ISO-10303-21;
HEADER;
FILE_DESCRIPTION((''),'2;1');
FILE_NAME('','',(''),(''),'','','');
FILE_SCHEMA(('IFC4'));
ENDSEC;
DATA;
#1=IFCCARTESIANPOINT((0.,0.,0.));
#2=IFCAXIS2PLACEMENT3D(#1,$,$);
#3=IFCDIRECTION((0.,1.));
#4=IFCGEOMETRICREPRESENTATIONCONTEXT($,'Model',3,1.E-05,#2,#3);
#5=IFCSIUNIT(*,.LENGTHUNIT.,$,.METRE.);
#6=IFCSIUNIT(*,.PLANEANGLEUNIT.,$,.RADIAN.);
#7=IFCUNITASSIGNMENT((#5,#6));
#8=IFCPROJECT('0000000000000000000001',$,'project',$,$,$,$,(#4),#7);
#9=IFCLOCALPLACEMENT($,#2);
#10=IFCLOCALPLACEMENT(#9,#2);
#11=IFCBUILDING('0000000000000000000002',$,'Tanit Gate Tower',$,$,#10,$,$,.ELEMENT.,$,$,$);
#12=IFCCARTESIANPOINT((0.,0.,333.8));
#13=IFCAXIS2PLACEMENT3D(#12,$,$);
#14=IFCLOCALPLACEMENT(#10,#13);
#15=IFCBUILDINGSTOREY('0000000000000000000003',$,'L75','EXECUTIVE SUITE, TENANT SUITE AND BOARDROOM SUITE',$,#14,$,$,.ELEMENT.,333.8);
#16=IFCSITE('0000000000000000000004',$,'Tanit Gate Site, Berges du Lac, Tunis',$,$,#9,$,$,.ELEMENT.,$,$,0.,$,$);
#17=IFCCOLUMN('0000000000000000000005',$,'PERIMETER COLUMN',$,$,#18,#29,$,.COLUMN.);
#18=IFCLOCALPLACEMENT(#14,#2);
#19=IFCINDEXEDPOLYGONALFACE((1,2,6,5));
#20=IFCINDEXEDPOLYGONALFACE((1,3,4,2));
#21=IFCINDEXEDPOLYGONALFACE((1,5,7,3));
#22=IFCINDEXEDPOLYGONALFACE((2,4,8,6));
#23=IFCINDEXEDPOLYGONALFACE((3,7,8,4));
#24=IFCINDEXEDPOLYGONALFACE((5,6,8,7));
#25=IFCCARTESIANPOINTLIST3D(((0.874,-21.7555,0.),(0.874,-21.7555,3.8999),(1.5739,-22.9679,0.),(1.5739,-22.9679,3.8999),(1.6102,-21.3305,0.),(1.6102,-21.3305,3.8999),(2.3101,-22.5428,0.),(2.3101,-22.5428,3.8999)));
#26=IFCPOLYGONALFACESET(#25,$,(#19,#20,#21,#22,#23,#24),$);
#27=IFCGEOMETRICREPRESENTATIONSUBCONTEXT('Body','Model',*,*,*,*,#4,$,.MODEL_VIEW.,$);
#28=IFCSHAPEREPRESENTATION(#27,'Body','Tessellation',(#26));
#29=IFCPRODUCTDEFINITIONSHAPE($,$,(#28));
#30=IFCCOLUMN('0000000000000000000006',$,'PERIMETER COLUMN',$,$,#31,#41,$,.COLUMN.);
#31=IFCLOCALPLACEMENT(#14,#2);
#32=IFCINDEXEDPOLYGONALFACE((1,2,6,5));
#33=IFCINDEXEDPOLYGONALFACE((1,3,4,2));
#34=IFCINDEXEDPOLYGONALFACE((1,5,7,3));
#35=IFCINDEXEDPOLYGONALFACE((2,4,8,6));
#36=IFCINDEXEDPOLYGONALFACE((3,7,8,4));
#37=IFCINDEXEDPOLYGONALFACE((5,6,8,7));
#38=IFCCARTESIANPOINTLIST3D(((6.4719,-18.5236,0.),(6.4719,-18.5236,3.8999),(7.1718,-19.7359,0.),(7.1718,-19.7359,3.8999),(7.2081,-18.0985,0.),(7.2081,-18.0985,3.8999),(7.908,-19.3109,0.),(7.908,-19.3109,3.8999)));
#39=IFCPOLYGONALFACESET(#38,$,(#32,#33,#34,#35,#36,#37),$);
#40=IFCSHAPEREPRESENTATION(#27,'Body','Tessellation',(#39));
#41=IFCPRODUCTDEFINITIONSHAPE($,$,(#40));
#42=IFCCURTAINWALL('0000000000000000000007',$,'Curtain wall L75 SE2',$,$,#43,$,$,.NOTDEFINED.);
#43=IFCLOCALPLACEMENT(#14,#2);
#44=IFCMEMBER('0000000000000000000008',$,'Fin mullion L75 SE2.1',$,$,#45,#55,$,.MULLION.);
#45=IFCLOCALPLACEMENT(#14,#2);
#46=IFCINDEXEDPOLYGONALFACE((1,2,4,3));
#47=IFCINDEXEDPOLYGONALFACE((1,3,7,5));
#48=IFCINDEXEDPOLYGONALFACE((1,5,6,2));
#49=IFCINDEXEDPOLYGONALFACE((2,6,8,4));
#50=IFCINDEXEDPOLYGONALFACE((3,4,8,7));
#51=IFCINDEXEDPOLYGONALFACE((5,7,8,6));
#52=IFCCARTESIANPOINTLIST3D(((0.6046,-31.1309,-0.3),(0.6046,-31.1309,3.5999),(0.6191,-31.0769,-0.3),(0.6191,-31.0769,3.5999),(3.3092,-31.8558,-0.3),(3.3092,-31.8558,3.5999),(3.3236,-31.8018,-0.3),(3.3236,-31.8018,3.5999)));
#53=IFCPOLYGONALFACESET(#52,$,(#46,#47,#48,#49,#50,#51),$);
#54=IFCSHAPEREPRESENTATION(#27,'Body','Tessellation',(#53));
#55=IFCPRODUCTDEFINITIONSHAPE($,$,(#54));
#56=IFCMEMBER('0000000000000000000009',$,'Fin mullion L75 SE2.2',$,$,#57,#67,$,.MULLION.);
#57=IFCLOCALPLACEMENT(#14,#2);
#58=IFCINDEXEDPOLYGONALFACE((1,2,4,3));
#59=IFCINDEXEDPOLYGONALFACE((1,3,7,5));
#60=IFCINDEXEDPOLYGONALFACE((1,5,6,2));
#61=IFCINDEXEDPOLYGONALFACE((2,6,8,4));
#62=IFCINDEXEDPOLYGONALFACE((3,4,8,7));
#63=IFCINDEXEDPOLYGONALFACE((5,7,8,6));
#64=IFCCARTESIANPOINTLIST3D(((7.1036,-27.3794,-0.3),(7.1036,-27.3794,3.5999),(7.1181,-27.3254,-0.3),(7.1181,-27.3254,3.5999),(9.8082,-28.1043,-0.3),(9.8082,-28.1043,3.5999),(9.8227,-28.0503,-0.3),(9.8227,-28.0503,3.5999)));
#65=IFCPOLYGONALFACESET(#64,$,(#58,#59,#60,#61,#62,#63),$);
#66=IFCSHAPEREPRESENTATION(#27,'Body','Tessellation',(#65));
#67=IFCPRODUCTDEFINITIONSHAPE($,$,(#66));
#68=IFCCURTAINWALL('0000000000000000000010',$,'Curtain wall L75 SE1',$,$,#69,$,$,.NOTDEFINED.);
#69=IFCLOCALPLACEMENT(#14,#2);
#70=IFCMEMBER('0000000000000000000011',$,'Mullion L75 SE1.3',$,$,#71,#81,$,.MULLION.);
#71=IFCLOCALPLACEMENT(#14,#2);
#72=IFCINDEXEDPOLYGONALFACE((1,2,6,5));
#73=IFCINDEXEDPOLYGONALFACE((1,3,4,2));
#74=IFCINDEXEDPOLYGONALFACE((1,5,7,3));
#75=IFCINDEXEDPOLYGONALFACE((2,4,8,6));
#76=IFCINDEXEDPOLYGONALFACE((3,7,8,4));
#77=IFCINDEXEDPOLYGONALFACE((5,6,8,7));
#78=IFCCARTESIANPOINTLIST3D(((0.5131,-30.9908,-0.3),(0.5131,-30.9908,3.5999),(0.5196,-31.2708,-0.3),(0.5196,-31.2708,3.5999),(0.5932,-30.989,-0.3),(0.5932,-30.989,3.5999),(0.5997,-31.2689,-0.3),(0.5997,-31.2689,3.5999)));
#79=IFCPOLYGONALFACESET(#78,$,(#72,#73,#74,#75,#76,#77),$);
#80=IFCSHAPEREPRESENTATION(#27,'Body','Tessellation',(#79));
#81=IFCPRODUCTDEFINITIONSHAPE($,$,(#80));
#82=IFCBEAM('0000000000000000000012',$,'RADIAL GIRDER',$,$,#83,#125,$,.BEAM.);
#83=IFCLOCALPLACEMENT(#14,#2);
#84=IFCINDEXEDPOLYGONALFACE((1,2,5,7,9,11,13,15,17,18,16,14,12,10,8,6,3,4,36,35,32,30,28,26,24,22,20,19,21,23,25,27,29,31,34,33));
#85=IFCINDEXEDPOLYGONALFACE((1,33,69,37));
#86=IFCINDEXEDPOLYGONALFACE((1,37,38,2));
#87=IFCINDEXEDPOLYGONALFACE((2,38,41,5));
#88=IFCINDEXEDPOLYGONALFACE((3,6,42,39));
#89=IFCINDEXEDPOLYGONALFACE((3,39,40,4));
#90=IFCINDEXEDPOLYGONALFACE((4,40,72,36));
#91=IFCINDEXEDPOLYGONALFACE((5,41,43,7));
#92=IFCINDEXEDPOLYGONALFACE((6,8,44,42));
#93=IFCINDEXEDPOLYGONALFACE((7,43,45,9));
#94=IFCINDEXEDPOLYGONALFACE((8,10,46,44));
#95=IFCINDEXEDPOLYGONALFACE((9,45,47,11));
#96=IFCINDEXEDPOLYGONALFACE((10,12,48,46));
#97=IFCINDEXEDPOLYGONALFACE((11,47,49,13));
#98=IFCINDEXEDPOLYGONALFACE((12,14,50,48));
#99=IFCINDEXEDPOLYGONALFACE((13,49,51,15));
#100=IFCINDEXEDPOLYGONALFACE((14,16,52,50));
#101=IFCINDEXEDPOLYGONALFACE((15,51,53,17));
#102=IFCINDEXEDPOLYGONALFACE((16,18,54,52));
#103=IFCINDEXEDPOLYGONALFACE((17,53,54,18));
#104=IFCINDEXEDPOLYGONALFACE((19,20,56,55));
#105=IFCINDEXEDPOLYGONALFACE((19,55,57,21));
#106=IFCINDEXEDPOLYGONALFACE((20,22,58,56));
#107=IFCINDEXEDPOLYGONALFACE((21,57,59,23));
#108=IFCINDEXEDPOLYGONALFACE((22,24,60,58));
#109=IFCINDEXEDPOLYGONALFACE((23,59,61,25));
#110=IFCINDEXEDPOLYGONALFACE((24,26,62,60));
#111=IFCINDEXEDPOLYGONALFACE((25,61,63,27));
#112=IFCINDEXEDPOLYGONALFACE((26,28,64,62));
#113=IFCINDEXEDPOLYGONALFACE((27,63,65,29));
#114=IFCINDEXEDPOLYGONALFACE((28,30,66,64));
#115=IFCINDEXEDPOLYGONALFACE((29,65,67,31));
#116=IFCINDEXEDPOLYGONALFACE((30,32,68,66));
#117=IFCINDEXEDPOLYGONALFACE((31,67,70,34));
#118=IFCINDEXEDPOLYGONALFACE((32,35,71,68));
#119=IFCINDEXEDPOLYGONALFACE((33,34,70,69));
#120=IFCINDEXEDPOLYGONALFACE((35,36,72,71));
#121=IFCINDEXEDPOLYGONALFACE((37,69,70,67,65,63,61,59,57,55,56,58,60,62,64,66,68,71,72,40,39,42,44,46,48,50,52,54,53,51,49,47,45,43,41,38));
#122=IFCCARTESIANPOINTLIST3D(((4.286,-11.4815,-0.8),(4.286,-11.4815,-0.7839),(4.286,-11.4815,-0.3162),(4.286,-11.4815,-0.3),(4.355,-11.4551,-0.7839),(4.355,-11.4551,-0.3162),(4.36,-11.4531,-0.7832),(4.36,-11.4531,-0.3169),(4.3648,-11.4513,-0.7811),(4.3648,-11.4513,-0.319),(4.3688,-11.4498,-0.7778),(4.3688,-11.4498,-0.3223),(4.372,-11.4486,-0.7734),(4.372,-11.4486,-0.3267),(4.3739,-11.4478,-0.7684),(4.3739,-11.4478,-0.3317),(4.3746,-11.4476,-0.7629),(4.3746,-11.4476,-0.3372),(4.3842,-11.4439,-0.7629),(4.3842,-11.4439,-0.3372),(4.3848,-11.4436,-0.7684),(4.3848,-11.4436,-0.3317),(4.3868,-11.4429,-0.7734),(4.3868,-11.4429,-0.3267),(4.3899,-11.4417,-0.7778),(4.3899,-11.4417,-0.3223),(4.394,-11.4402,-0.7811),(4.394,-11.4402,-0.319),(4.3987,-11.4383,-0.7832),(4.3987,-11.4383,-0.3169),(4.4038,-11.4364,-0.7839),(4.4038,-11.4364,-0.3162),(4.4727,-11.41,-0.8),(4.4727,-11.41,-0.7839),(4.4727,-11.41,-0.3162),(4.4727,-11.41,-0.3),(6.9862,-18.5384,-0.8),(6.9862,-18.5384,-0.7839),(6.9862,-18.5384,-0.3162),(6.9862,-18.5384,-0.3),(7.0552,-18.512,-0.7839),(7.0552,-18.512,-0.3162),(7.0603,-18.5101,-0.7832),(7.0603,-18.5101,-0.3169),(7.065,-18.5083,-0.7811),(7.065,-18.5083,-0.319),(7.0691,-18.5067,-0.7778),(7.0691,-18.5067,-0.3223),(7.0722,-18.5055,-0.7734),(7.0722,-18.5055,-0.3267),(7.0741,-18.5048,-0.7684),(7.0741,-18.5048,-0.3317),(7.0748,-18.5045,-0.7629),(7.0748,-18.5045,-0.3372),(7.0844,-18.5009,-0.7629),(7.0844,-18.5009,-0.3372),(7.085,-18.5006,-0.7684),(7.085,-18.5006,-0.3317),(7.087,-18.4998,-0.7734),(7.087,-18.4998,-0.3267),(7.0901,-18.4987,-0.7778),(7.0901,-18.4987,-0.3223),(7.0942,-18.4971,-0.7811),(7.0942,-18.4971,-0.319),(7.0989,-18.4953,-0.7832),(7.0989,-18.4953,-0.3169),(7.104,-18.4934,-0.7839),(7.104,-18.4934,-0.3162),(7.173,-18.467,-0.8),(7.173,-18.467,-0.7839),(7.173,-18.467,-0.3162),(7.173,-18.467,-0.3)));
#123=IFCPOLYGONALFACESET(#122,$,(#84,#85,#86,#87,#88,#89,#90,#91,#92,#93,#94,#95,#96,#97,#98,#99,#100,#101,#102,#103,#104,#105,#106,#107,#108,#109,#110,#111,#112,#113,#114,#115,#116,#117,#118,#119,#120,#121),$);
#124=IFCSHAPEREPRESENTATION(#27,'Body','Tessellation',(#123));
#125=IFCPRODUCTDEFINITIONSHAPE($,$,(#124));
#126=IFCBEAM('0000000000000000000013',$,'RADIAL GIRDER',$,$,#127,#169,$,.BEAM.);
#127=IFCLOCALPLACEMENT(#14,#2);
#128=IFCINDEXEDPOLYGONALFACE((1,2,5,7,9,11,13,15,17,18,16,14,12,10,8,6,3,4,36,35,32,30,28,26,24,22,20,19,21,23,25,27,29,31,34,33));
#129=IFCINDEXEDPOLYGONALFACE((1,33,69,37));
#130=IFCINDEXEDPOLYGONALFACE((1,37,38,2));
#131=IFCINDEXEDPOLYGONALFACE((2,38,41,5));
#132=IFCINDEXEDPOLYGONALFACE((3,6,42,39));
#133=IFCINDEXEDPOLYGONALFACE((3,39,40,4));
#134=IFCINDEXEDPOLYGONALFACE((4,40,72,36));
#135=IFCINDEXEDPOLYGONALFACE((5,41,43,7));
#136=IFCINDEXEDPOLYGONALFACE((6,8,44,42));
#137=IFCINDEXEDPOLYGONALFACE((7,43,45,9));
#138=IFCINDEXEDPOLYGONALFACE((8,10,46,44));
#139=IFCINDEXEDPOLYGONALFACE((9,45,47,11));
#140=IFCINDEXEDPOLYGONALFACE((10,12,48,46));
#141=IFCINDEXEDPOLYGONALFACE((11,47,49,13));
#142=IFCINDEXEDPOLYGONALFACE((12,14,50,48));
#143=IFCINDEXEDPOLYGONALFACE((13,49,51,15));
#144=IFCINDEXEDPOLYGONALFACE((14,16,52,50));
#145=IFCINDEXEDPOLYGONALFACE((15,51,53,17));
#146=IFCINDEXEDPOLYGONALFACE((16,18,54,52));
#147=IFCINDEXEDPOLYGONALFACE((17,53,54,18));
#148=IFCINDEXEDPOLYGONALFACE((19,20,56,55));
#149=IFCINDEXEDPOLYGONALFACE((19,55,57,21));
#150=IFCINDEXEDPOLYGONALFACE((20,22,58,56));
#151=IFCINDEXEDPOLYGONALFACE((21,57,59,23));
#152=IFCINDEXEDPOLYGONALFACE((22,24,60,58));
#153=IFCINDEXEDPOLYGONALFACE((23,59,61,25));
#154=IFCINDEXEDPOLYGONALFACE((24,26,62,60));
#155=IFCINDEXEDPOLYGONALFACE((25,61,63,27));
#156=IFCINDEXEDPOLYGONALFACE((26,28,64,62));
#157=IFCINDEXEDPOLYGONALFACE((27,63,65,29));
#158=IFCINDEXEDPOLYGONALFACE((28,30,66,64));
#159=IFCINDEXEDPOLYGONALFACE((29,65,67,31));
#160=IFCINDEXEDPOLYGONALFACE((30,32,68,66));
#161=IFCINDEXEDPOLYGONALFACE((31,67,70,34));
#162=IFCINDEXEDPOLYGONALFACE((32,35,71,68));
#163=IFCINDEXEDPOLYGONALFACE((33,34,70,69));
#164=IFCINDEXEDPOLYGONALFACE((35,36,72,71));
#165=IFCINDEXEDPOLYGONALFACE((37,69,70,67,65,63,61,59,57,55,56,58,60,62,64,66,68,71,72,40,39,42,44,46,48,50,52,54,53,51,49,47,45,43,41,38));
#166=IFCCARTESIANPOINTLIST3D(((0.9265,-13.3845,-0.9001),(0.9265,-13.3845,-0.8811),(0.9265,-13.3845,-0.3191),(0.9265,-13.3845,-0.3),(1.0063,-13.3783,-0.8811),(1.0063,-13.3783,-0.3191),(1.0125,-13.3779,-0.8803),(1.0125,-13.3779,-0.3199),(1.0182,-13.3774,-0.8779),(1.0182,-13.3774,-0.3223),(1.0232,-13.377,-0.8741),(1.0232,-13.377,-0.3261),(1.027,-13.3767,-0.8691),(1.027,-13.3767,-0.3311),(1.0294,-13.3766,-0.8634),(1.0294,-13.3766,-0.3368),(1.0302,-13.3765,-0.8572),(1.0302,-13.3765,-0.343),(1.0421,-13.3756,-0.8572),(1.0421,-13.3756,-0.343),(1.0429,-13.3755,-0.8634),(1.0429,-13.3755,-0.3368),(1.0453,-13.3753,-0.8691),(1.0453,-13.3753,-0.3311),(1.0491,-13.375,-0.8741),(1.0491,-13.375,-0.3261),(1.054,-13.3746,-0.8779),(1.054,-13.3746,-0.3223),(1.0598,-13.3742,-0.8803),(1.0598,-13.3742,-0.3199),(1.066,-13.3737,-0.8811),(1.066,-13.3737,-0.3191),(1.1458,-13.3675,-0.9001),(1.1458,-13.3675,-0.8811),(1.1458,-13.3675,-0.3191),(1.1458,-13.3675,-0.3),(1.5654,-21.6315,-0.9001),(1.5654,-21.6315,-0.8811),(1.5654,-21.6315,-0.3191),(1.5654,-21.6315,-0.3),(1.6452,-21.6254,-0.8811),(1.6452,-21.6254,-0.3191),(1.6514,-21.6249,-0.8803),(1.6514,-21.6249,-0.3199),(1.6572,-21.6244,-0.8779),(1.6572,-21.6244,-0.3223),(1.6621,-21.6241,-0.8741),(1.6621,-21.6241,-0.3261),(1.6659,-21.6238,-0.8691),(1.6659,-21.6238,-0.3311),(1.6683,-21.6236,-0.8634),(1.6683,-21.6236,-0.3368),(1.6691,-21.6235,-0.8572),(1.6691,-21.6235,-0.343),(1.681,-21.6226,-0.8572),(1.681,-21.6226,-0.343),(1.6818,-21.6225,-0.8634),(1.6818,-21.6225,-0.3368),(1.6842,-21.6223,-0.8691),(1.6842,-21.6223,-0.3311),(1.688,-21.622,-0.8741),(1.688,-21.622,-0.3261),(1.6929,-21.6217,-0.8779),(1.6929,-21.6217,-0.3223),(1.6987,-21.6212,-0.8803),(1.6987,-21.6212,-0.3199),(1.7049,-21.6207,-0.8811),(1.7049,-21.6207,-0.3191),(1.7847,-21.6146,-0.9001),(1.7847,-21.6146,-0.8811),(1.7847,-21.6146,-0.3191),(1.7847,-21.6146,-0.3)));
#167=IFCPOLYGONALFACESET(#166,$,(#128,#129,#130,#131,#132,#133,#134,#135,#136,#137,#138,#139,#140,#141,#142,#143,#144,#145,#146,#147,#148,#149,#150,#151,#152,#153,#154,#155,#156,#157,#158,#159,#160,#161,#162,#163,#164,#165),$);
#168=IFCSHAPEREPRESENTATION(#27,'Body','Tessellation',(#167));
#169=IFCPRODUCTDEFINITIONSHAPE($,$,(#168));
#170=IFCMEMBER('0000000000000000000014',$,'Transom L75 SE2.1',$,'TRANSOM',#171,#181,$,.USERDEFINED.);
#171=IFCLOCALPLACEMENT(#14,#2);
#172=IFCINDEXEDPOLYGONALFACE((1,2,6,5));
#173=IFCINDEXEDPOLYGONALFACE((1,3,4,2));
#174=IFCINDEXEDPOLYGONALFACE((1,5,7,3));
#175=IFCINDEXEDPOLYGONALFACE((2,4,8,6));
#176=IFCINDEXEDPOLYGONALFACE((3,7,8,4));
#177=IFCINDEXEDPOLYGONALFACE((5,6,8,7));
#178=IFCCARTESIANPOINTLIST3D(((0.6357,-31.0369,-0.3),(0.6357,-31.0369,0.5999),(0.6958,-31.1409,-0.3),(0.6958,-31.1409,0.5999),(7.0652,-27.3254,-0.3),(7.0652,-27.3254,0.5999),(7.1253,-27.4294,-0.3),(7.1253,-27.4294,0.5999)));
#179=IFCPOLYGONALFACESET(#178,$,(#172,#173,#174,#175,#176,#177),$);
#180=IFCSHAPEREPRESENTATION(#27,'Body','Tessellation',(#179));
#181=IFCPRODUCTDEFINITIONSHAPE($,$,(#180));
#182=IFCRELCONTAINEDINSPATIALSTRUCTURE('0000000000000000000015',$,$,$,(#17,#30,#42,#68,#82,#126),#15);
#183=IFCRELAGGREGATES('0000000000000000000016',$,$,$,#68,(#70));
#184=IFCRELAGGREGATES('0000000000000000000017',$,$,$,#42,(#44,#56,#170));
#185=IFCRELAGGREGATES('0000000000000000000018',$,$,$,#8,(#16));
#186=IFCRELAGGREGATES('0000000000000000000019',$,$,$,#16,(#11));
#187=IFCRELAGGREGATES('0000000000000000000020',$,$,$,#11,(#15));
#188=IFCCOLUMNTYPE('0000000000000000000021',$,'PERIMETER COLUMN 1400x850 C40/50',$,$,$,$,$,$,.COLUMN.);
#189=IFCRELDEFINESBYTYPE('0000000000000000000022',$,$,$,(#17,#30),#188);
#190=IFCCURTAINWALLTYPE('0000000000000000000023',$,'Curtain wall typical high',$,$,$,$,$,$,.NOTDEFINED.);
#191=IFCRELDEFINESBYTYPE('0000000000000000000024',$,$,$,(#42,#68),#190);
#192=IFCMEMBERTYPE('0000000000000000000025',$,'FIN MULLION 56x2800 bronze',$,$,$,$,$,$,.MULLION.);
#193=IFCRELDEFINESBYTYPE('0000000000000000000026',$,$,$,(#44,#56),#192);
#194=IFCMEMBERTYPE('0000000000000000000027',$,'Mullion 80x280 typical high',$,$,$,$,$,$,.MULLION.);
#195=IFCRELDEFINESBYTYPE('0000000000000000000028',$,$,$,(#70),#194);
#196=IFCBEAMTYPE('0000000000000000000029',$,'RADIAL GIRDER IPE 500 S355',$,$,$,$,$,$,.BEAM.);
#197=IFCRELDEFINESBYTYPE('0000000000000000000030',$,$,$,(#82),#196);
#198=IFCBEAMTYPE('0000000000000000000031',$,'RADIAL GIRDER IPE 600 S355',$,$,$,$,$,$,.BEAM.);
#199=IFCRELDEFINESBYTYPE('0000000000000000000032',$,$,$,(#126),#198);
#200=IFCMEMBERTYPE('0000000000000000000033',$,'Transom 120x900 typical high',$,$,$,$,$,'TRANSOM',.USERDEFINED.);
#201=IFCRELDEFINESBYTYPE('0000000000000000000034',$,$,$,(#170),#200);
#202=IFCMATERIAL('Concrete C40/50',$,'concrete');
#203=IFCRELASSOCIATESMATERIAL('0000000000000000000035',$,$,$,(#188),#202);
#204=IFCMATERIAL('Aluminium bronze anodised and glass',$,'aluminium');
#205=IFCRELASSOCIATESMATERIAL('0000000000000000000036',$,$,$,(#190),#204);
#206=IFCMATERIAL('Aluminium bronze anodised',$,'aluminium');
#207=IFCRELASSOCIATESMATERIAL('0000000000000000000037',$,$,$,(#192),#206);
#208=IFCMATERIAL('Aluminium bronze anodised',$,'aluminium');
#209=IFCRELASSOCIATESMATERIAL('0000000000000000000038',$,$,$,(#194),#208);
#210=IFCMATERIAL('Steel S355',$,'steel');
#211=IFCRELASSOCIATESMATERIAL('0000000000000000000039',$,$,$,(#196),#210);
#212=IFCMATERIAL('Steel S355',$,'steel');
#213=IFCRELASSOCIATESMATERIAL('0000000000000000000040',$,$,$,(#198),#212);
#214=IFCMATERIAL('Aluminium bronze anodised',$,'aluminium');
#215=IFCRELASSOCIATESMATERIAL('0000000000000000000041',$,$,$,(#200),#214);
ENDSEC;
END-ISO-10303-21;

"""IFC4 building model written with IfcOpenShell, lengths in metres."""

from ifc_helpers import new_model, si_unit, direction, frame, origin, origin_2d, place, context, subcontext, project, spatial, rectangle, i_section, extrude, material, material_profile, profile_set, type_object, element, aggregate, save


model = new_model("IFC4")

# Units and contexts
model_context = context("Model", 3, precision=1e-05, world=origin(), true_north=direction((0.0, 1.0)))
body_context = subcontext(model_context, "Body", "Model", "MODEL_VIEW")
ifc_project = project(units=[si_unit("LENGTHUNIT", "METRE"), si_unit("PLANEANGLEUNIT", "RADIAN")], contexts=[model_context])

# Site, building, storey
site_placement = place(None, origin())
site = spatial("IfcSite", under=ifc_project, at=site_placement, Name="Tanit Gate Site, Berges du Lac, Tunis", CompositionType="ELEMENT", RefElevation=0.0)
building_placement = place(site_placement, origin())
building = spatial("IfcBuilding", under=site, at=building_placement, Name="Tanit Gate Tower", CompositionType="ELEMENT")
storey_placement = place(building_placement, frame((0.0, 0.0, 333.8)))
storey = spatial("IfcBuildingStorey", under=building, at=storey_placement, Name="L75", Description="EXECUTIVE SUITE, TENANT SUITE AND BOARDROOM SUITE", CompositionType="ELEMENT", Elevation=333.8)

# Columns
ifc_material_1 = material(Name="Concrete C40/50", Category="concrete")
ifc_material_profile_1 = material_profile(ifc_material_1, rectangle(XDim=1.3999, YDim=0.8501, at=origin_2d()), Name="RC 1400x850")
ifc_profile_set_1 = profile_set([ifc_material_profile_1], Name="Concrete C40/50")
column_type = type_object("IfcColumnType", Name="PERIMETER COLUMN 1400x850 C40/50", PredefinedType="COLUMN", material=ifc_profile_set_1)
for number, where, z_axis, x_axis, name in (
    (1, (1.592, -22.1492, 0.0), (0.0, 0.0, 1.0), (0.5, -0.866025, 0.0), "PERIMETER COLUMN"),
    (2, (7.1899, -18.9172, 0.0), (0.0, 0.0, 1.0), (0.5, -0.866025, 0.0), "PERIMETER COLUMN"),
):
    element("IfcColumn", number, at=place(storey_placement, frame(where, z_axis=z_axis, x_axis=x_axis)), inside=storey, type_object=column_type, Name=name, PredefinedType="COLUMN", context=body_context, shape_type="SweptSolid", body=[
        extrude(rectangle(XDim=1.3999, YDim=0.8501, at=origin_2d()), origin(), (0.0, 0.0, 1.0), 3.8999),
    ])

# Curtain wall, members
ifc_material_2 = material(Name="Aluminium bronze anodised and glass", Category="aluminium")
curtain_wall_type = type_object("IfcCurtainWallType", Name="Curtain wall typical high", PredefinedType="NOTDEFINED", material=ifc_material_2)
curtain_wall_1_placement = place(storey_placement, origin())
curtain_wall_1 = element("IfcCurtainWall", 3, at=curtain_wall_1_placement, inside=storey, type_object=curtain_wall_type, Name="Curtain wall L75 SE2", PredefinedType="NOTDEFINED")
ifc_material_3 = material(Name="Aluminium bronze anodised", Category="aluminium")
ifc_material_profile_2 = material_profile(ifc_material_3, rectangle(XDim=2.8, YDim=0.0559, at=origin_2d()), Name="56x2800 bronze fin mullion")
ifc_profile_set_2 = profile_set([ifc_material_profile_2], Name="Aluminium bronze anodised")
member_type_1 = type_object("IfcMemberType", Name="FIN MULLION 56x2800 bronze", PredefinedType="MULLION", material=ifc_profile_set_2)
member_1_placement = place(storey_placement, frame((1.9641, -31.4663, -0.3), z_axis=(0.0, 0.0, 1.0), x_axis=(-0.965908, 0.258886, 0.0)))
member_1 = element("IfcMember", 4, at=member_1_placement, type_object=member_type_1, Name="Fin mullion L75 SE2.1", PredefinedType="MULLION", context=body_context, shape_type="SweptSolid", body=[
    extrude(rectangle(XDim=2.8, YDim=0.0559, at=origin_2d()), origin(), (0.0, 0.0, 1.0), 3.8999),
])
member_2_placement = place(storey_placement, frame((8.4631, -27.7148, -0.3), z_axis=(0.0, 0.0, 1.0), x_axis=(-0.965908, 0.258886, 0.0)))
member_2 = element("IfcMember", 5, at=member_2_placement, type_object=member_type_1, Name="Fin mullion L75 SE2.2", PredefinedType="MULLION", context=body_context, shape_type="SweptSolid", body=[
    extrude(rectangle(XDim=2.8, YDim=0.0559, at=origin_2d()), origin(), (0.0, 0.0, 1.0), 3.8999),
])

# Curtain wall, member
curtain_wall_2_placement = place(storey_placement, origin())
curtain_wall_2 = element("IfcCurtainWall", 6, at=curtain_wall_2_placement, inside=storey, type_object=curtain_wall_type, Name="Curtain wall L75 SE1", PredefinedType="NOTDEFINED")
ifc_material_4 = material(Name="Aluminium bronze anodised", Category="aluminium")
ifc_material_profile_3 = material_profile(ifc_material_4, rectangle(XDim=0.28, YDim=0.0801, at=origin_2d()), Name="80x280 bronze mullion")
ifc_profile_set_3 = profile_set([ifc_material_profile_3], Name="Aluminium bronze anodised")
member_type_2 = type_object("IfcMemberType", Name="Mullion 80x280 typical high", PredefinedType="MULLION", material=ifc_profile_set_3)
member_3_placement = place(storey_placement, frame((0.5564, -31.1299, -0.3), z_axis=(0.0, 0.0, 1.0), x_axis=(-0.02304, 0.999735, 0.0)))
member_3 = element("IfcMember", 7, at=member_3_placement, type_object=member_type_2, Name="Mullion L75 SE1.3", PredefinedType="MULLION", context=body_context, shape_type="SweptSolid", body=[
    extrude(rectangle(XDim=0.28, YDim=0.0801, at=origin_2d()), origin(), (0.0, 0.0, 1.0), 3.8999),
])

# Beams
ifc_material_5 = material(Name="Steel S355", Category="steel")
ifc_material_profile_4 = material_profile(ifc_material_5, i_section(OverallWidth=0.2, OverallDepth=0.5, WebThickness=0.0103, FlangeThickness=0.0161, FilletRadius=0.021, at=origin_2d()), Name="IPE 500")
ifc_profile_set_4 = profile_set([ifc_material_profile_4], Name="Steel S355")
beam_type_1 = type_object("IfcBeamType", Name="RADIAL GIRDER IPE 500 S355", PredefinedType="BEAM", material=ifc_profile_set_4)
beam_1_placement = place(storey_placement, frame((7.0796, -18.5027, -0.55), z_axis=(-0.357365, 0.933965, 0.0), x_axis=(-0.933965, -0.357365, 0.0)))
element("IfcBeam", 8, at=beam_1_placement, inside=storey, type_object=beam_type_1, Name="RADIAL GIRDER", PredefinedType="BEAM", context=body_context, shape_type="SweptSolid", body=[
    extrude(i_section(OverallWidth=0.2, OverallDepth=0.5, WebThickness=0.0103, FlangeThickness=0.0161, FilletRadius=0.021, at=origin_2d()), origin(), (0.0, 0.0, 1.0), 7.5559),
])
ifc_material_6 = material(Name="Steel S355", Category="steel")
ifc_material_profile_5 = material_profile(ifc_material_6, i_section(OverallWidth=0.22, OverallDepth=0.6001, WebThickness=0.012, FlangeThickness=0.019, FilletRadius=0.0239, at=origin_2d()), Name="IPE 600")
ifc_profile_set_5 = profile_set([ifc_material_profile_5], Name="Steel S355")
beam_type_2 = type_object("IfcBeamType", Name="RADIAL GIRDER IPE 600 S355", PredefinedType="BEAM", material=ifc_profile_set_5)
beam_2_placement = place(storey_placement, frame((1.675, -21.623, -0.6001), z_axis=(-0.07724, 0.997012, 0.0), x_axis=(-0.997012, -0.07724, 0.0)))
element("IfcBeam", 9, at=beam_2_placement, inside=storey, type_object=beam_type_2, Name="RADIAL GIRDER", PredefinedType="BEAM", context=body_context, shape_type="SweptSolid", body=[
    extrude(i_section(OverallWidth=0.22, OverallDepth=0.6001, WebThickness=0.012, FlangeThickness=0.019, FilletRadius=0.0239, at=origin_2d()), origin(), (0.0, 0.0, 1.0), 8.2717),
])

# Member
ifc_material_7 = material(Name="Aluminium bronze anodised", Category="aluminium")
ifc_material_profile_6 = material_profile(ifc_material_7, rectangle(XDim=0.1201, YDim=0.8999, at=origin_2d()), Name="120x900 bronze transom")
ifc_profile_set_6 = profile_set([ifc_material_profile_6], Name="Aluminium bronze anodised")
member_type_3 = type_object("IfcMemberType", Name="Transom 120x900 typical high", ElementType="TRANSOM", PredefinedType="USERDEFINED", material=ifc_profile_set_6)
member_4_placement = place(storey_placement, frame((0.6658, -31.0889, 0.1499), z_axis=(0.866061, 0.499938, 0.0), x_axis=(-0.499938, 0.866061, 0.0)))
member_4 = element("IfcMember", 10, at=member_4_placement, type_object=member_type_3, Name="Transom L75 SE2.1", ObjectType="TRANSOM", PredefinedType="USERDEFINED", context=body_context, shape_type="SweptSolid", body=[
    extrude(rectangle(XDim=0.1201, YDim=0.8999, at=origin_2d()), origin(), (0.0, 0.0, 1.0), 7.4238),
])

aggregate(curtain_wall_2, [member_3])
aggregate(curtain_wall_1, [member_1, member_2, member_4])

save(model, "model.ifc")
